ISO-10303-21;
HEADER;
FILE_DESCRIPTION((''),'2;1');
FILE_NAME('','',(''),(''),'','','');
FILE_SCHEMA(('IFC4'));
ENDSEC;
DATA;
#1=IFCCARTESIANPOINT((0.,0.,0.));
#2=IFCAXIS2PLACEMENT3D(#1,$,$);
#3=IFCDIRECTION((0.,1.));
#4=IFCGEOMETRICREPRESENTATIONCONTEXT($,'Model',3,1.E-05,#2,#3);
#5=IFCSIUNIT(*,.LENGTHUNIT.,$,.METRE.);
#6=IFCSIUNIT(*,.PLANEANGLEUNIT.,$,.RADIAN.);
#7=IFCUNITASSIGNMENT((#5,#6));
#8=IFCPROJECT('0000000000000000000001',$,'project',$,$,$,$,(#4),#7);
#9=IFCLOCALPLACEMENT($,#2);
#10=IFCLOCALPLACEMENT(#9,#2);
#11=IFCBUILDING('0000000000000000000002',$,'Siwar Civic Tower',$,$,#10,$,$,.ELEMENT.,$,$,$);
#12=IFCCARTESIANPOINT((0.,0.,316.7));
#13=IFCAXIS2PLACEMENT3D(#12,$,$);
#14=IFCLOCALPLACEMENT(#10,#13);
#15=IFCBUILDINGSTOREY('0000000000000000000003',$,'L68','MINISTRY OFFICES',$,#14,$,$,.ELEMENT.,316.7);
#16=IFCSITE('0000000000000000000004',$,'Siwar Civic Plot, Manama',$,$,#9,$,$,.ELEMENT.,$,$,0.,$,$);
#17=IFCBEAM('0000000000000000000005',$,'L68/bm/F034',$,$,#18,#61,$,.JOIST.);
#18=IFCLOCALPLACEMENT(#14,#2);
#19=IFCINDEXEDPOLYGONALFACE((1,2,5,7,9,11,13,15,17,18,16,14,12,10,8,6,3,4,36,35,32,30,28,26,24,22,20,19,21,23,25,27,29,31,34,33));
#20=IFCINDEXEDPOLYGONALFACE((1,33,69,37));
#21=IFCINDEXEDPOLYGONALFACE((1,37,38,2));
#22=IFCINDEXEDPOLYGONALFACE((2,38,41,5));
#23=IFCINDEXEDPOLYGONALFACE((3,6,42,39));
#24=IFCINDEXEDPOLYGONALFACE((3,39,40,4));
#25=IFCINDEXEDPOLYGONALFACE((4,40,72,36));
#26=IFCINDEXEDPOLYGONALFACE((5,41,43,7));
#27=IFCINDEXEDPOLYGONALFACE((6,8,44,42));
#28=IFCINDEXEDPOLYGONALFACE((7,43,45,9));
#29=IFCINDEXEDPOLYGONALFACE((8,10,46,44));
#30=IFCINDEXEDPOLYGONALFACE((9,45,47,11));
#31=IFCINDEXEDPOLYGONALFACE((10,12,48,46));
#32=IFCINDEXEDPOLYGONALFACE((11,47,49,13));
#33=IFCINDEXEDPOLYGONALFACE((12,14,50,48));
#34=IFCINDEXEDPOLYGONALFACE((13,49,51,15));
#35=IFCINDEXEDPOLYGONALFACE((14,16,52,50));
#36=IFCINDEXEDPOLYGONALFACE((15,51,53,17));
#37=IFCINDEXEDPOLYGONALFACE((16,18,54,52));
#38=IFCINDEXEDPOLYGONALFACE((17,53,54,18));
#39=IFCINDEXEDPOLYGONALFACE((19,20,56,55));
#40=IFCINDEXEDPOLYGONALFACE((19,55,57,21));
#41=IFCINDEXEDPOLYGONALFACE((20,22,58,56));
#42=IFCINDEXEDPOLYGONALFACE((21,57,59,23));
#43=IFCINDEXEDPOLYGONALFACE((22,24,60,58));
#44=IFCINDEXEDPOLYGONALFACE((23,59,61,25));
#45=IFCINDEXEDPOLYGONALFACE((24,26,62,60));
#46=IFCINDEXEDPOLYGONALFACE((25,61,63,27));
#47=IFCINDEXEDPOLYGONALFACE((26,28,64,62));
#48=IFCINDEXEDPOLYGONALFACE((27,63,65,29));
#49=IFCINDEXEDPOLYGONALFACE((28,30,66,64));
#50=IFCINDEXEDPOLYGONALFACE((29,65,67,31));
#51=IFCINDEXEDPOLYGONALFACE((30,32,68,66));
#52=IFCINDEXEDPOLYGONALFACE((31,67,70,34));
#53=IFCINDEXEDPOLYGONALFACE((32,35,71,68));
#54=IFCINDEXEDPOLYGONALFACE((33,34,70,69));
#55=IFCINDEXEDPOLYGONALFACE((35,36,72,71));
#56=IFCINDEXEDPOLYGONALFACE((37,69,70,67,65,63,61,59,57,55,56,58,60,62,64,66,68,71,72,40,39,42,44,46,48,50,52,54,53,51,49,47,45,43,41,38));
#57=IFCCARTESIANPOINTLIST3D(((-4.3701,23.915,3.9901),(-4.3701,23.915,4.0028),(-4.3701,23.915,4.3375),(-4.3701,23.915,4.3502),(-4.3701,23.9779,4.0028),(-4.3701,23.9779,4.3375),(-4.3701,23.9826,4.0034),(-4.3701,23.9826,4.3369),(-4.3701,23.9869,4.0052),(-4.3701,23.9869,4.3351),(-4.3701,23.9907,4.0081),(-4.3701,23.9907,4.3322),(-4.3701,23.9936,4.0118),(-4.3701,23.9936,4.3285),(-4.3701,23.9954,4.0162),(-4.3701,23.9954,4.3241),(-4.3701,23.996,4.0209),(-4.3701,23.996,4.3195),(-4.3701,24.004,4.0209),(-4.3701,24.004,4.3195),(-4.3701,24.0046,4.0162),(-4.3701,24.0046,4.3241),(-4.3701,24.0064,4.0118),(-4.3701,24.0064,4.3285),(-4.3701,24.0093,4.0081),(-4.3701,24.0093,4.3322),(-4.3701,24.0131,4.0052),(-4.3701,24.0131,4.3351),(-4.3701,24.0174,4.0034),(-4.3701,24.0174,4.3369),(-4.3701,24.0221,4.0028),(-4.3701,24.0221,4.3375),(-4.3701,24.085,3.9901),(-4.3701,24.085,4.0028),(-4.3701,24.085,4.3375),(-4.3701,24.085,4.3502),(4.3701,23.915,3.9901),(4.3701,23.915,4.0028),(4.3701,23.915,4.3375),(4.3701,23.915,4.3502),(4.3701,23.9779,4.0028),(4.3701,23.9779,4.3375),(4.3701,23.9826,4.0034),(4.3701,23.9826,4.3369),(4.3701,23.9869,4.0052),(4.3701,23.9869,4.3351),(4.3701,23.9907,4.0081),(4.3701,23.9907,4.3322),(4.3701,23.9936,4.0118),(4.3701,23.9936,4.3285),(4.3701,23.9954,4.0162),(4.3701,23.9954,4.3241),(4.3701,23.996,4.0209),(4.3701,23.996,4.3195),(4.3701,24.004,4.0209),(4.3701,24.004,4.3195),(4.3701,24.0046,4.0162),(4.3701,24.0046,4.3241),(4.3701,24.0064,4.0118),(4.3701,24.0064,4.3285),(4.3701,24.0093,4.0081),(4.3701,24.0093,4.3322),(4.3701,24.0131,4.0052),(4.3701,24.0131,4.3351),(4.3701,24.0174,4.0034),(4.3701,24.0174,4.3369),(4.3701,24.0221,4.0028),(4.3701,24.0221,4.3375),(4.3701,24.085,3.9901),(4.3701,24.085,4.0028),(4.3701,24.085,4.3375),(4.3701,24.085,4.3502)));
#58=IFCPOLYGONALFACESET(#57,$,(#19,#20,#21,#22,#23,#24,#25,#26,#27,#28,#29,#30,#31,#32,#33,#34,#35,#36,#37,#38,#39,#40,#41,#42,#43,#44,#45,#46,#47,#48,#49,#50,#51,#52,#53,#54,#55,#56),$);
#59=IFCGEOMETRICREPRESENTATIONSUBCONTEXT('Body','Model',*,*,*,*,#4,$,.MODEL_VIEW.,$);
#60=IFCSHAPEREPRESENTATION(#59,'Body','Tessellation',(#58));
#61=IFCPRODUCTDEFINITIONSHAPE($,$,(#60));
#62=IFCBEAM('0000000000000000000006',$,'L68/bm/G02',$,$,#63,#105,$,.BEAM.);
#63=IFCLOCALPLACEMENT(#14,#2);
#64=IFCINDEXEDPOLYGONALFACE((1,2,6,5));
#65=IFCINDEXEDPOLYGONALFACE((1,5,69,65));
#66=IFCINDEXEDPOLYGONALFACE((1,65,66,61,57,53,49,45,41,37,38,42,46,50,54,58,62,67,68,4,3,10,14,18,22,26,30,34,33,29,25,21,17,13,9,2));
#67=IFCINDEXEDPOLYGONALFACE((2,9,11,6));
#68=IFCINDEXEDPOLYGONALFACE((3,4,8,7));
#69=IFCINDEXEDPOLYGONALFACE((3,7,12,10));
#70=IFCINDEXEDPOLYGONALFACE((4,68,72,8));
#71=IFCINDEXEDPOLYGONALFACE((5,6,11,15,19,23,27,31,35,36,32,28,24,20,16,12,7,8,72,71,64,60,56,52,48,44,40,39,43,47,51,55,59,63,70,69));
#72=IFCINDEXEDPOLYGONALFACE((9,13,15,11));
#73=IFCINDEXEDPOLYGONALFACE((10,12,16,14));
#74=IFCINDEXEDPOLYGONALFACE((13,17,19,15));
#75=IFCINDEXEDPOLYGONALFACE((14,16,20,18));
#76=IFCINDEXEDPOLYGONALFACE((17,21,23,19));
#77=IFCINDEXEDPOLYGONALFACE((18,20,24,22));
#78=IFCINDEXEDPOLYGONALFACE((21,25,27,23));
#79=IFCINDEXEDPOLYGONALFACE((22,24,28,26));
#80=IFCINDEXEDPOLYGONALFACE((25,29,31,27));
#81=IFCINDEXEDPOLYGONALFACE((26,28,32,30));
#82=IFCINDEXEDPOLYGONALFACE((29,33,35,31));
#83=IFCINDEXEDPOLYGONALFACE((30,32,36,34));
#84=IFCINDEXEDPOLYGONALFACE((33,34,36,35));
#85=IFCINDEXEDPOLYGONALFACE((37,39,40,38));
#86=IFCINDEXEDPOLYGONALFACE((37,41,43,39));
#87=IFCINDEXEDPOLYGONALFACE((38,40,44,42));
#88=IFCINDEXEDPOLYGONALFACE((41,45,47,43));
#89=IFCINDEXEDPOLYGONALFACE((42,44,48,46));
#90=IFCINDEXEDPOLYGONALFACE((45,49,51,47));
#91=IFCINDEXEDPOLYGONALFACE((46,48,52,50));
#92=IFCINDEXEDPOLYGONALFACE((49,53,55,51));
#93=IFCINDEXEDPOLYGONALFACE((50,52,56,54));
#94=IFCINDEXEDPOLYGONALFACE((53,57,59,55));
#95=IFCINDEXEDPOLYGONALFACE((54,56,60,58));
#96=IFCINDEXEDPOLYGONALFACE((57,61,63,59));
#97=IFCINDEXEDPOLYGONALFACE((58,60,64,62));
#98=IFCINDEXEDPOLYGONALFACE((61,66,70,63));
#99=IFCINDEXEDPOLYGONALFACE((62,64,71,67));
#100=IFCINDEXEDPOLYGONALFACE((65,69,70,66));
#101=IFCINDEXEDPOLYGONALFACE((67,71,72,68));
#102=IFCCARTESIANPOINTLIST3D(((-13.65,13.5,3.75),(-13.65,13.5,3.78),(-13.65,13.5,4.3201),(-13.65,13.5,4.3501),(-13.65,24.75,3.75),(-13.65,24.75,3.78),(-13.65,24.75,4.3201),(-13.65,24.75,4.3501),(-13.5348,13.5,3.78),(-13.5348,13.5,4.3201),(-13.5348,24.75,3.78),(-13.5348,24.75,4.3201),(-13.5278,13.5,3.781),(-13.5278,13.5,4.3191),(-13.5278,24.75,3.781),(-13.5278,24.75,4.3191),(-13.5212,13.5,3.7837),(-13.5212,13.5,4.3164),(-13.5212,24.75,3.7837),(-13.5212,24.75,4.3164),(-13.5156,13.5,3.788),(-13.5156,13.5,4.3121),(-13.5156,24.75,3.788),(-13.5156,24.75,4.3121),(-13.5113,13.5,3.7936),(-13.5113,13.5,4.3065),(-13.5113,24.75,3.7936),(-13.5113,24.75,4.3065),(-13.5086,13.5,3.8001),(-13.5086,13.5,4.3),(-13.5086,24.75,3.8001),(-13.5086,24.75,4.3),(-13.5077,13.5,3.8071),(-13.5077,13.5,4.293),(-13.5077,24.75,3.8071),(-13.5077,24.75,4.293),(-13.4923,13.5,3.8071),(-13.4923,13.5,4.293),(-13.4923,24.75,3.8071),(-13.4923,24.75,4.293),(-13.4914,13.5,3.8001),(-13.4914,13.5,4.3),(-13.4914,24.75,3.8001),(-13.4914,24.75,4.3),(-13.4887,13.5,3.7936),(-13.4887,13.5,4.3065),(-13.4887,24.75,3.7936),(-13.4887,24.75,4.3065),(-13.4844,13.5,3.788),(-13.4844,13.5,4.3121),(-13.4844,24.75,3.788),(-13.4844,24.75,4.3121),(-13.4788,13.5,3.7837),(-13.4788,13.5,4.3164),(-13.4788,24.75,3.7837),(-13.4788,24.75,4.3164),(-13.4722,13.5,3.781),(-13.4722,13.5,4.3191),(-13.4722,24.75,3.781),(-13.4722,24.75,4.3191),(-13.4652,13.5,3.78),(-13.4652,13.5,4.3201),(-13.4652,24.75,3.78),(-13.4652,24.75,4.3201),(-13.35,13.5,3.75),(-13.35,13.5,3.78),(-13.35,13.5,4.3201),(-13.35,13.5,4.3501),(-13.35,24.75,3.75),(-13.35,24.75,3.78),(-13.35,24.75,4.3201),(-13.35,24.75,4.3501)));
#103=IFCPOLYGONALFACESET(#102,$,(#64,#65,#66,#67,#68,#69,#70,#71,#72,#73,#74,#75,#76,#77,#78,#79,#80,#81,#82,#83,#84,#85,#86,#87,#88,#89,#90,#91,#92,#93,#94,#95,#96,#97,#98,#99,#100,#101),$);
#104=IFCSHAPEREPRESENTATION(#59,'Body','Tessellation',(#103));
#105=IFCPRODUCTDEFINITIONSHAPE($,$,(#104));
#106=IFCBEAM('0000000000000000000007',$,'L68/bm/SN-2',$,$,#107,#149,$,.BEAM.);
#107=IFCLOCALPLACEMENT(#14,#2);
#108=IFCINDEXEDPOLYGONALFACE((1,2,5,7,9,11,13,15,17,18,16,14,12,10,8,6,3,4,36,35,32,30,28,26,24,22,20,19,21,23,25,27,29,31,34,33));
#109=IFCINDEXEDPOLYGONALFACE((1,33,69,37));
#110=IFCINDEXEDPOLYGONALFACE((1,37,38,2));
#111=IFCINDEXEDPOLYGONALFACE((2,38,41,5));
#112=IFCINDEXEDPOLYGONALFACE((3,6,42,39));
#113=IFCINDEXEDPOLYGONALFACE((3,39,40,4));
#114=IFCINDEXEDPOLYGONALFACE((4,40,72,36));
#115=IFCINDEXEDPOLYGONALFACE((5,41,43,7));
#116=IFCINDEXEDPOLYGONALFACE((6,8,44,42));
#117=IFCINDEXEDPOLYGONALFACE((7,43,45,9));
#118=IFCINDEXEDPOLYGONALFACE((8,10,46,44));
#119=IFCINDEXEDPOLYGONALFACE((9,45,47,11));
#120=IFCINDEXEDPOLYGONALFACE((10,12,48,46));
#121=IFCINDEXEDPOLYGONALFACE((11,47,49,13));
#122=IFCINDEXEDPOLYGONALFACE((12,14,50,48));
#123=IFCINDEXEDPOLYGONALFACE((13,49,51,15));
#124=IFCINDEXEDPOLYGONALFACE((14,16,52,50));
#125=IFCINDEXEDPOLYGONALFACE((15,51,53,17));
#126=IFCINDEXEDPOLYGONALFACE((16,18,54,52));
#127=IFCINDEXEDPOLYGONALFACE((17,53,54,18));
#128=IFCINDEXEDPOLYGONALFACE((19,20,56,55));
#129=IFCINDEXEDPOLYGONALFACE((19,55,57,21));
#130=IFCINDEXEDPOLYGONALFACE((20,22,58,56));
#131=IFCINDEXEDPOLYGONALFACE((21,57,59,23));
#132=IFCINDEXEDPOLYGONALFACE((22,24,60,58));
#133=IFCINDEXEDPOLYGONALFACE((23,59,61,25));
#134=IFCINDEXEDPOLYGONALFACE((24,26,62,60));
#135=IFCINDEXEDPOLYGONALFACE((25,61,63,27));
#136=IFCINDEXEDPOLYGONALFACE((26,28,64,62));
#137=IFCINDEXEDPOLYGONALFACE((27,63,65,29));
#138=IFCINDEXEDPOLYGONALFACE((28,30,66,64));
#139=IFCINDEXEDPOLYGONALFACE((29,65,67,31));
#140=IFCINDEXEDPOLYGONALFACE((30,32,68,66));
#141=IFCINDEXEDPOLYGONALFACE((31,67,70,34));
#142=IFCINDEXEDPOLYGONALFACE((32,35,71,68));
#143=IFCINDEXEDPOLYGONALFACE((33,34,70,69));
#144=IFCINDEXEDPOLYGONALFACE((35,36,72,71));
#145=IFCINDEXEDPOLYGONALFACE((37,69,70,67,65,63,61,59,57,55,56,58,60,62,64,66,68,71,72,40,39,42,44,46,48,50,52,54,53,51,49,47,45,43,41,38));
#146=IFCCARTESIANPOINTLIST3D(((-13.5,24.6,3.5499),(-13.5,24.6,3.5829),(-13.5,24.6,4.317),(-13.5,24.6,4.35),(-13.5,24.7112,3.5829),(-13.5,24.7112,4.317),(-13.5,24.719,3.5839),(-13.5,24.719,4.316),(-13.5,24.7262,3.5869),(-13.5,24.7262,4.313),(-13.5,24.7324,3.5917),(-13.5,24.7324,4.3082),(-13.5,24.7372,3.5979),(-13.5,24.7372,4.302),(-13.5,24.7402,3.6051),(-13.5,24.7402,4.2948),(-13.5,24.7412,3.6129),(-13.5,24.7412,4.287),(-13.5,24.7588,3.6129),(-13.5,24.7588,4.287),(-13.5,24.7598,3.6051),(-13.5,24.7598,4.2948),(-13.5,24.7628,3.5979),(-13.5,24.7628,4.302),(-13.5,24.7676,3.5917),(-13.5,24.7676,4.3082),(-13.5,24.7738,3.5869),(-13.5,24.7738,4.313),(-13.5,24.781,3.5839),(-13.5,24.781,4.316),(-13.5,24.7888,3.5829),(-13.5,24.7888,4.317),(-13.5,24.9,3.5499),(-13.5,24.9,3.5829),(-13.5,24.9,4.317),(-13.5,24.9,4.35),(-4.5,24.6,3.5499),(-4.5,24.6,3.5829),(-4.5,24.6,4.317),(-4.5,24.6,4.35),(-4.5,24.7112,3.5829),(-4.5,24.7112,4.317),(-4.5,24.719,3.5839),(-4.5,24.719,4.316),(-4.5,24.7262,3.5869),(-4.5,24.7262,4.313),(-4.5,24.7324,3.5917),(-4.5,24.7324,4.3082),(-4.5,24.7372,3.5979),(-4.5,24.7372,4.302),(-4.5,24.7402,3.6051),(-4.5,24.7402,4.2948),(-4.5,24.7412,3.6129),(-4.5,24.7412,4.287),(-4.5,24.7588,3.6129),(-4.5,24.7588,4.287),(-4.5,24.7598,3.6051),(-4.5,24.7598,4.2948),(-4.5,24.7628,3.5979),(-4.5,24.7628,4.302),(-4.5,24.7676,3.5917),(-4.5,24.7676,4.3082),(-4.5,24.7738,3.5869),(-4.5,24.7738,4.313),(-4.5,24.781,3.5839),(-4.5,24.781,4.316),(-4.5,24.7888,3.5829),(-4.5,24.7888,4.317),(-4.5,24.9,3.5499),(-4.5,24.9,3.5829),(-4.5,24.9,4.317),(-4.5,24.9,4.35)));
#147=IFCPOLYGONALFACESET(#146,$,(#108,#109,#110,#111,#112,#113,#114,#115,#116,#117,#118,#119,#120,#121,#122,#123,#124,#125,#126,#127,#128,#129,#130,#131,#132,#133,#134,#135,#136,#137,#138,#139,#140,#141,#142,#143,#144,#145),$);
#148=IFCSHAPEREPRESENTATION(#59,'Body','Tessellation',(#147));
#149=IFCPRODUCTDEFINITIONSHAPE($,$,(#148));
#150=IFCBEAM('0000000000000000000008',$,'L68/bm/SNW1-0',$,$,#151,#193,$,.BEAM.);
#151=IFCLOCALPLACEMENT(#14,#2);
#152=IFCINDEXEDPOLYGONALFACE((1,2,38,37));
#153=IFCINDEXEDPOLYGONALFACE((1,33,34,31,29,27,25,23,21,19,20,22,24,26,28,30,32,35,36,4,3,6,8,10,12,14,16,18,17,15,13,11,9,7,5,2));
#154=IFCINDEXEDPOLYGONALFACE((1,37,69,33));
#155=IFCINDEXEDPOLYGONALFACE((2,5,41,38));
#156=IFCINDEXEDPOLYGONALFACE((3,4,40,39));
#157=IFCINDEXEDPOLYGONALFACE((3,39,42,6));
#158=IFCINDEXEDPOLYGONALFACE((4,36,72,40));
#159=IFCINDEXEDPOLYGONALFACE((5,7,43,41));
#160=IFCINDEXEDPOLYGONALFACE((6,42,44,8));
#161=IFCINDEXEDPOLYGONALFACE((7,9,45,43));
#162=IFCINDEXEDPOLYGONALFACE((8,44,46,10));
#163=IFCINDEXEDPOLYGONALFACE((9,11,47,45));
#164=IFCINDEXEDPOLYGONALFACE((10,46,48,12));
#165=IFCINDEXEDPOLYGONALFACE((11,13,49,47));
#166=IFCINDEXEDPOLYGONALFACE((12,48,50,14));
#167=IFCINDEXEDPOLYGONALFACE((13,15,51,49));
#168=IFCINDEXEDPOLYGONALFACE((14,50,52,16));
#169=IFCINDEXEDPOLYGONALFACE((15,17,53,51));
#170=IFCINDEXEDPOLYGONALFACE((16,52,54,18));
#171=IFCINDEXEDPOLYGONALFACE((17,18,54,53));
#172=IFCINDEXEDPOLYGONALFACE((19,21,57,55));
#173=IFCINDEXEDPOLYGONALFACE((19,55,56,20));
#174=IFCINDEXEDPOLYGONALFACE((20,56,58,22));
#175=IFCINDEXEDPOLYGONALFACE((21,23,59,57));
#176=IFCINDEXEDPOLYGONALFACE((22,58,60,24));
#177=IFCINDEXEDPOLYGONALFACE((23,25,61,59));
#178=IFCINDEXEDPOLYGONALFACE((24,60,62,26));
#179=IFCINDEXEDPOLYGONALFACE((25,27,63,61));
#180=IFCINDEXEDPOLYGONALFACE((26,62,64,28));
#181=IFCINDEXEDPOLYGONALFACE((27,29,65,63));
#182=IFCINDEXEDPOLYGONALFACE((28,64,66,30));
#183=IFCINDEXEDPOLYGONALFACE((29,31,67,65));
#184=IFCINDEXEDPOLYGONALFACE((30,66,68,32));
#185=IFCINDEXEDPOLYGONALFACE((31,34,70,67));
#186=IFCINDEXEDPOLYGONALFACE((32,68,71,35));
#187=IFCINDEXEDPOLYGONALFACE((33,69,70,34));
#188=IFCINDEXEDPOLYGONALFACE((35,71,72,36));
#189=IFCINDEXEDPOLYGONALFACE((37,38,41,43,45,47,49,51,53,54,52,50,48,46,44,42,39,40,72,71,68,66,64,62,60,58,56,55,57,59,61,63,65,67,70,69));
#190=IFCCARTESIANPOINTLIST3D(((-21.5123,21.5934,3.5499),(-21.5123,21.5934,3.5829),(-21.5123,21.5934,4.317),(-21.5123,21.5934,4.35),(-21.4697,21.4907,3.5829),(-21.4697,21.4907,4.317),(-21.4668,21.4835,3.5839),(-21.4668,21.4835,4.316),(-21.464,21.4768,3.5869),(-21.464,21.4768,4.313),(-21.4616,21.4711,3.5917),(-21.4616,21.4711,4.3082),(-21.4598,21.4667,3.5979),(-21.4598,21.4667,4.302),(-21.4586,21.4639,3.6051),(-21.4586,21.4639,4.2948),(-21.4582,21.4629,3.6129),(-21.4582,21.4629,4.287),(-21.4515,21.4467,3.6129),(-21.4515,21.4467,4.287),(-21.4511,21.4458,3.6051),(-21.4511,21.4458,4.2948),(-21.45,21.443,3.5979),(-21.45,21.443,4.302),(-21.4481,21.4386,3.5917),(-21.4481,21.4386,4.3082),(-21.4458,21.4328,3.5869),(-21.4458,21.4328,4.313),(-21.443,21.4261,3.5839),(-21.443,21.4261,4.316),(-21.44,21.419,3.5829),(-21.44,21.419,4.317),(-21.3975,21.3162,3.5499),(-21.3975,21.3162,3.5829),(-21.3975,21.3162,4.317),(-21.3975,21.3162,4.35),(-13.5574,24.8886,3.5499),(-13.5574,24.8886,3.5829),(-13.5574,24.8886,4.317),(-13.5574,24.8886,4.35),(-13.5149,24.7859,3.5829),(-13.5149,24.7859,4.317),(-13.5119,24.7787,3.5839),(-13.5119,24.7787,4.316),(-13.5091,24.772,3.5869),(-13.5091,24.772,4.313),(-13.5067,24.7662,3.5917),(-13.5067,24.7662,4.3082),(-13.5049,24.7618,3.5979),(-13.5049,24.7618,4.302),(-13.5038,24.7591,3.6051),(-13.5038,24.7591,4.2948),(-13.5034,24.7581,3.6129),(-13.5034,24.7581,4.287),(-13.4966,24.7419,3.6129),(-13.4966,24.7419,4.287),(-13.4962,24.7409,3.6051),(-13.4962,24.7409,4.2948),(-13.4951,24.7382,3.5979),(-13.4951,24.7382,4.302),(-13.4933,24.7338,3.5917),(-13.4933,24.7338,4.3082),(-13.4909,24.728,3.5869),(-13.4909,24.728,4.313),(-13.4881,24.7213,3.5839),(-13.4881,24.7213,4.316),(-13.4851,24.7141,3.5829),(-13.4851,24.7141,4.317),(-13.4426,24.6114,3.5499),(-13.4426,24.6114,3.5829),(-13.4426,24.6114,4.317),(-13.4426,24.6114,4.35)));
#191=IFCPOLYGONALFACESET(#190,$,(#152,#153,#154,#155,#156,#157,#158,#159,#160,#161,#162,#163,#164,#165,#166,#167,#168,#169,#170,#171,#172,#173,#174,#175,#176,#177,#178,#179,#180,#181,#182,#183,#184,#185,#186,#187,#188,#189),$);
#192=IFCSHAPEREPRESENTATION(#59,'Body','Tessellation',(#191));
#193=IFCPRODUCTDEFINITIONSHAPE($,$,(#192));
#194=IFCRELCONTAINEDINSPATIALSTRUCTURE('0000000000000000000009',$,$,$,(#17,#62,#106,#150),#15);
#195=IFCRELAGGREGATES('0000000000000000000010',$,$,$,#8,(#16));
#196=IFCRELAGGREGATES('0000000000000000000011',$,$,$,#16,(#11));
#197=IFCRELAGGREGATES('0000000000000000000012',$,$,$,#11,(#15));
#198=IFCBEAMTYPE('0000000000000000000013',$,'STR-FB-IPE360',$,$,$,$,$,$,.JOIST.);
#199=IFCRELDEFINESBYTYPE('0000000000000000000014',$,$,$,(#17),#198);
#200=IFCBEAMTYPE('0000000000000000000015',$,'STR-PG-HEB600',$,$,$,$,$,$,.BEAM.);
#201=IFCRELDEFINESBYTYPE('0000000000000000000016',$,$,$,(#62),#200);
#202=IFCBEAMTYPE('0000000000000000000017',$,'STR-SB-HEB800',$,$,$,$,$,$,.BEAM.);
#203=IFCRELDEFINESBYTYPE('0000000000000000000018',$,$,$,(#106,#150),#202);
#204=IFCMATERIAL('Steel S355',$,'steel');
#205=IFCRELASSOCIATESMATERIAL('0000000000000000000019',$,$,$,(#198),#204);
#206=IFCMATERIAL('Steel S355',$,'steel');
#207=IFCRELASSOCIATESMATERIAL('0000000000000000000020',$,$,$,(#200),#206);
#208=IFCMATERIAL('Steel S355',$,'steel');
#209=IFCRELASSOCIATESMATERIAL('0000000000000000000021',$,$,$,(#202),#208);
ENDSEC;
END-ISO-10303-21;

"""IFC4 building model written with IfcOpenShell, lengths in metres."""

from ifc_helpers import new_model, si_unit, direction, frame, origin, origin_2d, place, context, subcontext, project, spatial, i_section, extrude, material, material_profile, profile_set, type_object, element, save


model = new_model("IFC4")

# Units and contexts
model_context = context("Model", 3, precision=1e-05, world=origin(), true_north=direction((0.0, 1.0)))
body_context = subcontext(model_context, "Body", "Model", "MODEL_VIEW")
ifc_project = project(units=[si_unit("LENGTHUNIT", "METRE"), si_unit("PLANEANGLEUNIT", "RADIAN")], contexts=[model_context])

# Site, building, storey
site_placement = place(None, origin())
site = spatial("IfcSite", under=ifc_project, at=site_placement, Name="Siwar Civic Plot, Manama", CompositionType="ELEMENT", RefElevation=0.0)
building_placement = place(site_placement, origin())
building = spatial("IfcBuilding", under=site, at=building_placement, Name="Siwar Civic Tower", CompositionType="ELEMENT")
storey_placement = place(building_placement, frame((0.0, 0.0, 316.7)))
storey = spatial("IfcBuildingStorey", under=building, at=storey_placement, Name="L68", Description="MINISTRY OFFICES", CompositionType="ELEMENT", Elevation=316.7)

# Beams
ifc_material_1 = material(Name="Steel S355", Category="steel")
ifc_material_profile_1 = material_profile(ifc_material_1, i_section(OverallWidth=0.1699, OverallDepth=0.3601, WebThickness=0.0081, FlangeThickness=0.0127, FilletRadius=0.0181, at=origin_2d()), Name="IPE360")
ifc_profile_set_1 = profile_set([ifc_material_profile_1], Name="Steel S355")
beam_type_1 = type_object("IfcBeamType", Name="STR-FB-IPE360", PredefinedType="JOIST", material=ifc_profile_set_1)
for number, where, z_axis, x_axis, name in (
    (1, (-4.3701, 24.0, 4.1702), (1.0, 0.0, 0.0), (0.0, 1.0, 0.0), "L68/bm/F034"),
):
    element("IfcBeam", number, at=place(storey_placement, frame(where, z_axis=z_axis, x_axis=x_axis)), inside=storey, type_object=beam_type_1, Name=name, PredefinedType="JOIST", context=body_context, shape_type="SweptSolid", body=[
        extrude(i_section(OverallWidth=0.1699, OverallDepth=0.3601, WebThickness=0.0081, FlangeThickness=0.0127, FilletRadius=0.0181, at=origin_2d()), origin(), (0.0, 0.0, 1.0), 8.7402),
    ])
ifc_material_2 = material(Name="Steel S355", Category="steel")
ifc_material_profile_2 = material_profile(ifc_material_2, i_section(OverallWidth=0.3, OverallDepth=0.6001, WebThickness=0.0154, FlangeThickness=0.03, FilletRadius=0.0271, at=origin_2d()), Name="HEB600")
ifc_profile_set_2 = profile_set([ifc_material_profile_2], Name="Steel S355")
beam_type_2 = type_object("IfcBeamType", Name="STR-PG-HEB600", PredefinedType="BEAM", material=ifc_profile_set_2)
beam_1_placement = place(storey_placement, frame((-13.5, 13.5, 4.05), z_axis=(0.0, 1.0, 0.0), x_axis=(-1.0, 0.0, 0.0)))
element("IfcBeam", 2, at=beam_1_placement, inside=storey, type_object=beam_type_2, Name="L68/bm/G02", PredefinedType="BEAM", context=body_context, shape_type="SweptSolid", body=[
    extrude(i_section(OverallWidth=0.3, OverallDepth=0.6001, WebThickness=0.0154, FlangeThickness=0.03, FilletRadius=0.0271, at=origin_2d()), origin(), (0.0, 0.0, 1.0), 11.25),
])
ifc_material_3 = material(Name="Steel S355", Category="steel")
ifc_material_profile_3 = material_profile(ifc_material_3, i_section(OverallWidth=0.3, OverallDepth=0.8, WebThickness=0.0176, FlangeThickness=0.033, FilletRadius=0.03, at=origin_2d()), Name="HEB800")
ifc_profile_set_3 = profile_set([ifc_material_profile_3], Name="Steel S355")
beam_type_3 = type_object("IfcBeamType", Name="STR-SB-HEB800", PredefinedType="BEAM", material=ifc_profile_set_3)
beam_2_placement = place(storey_placement, frame((-4.5, 24.75, 3.95), z_axis=(-1.0, 0.0, 0.0), x_axis=(0.0, -1.0, 0.0)))
element("IfcBeam", 3, at=beam_2_placement, inside=storey, type_object=beam_type_3, Name="L68/bm/SN-2", PredefinedType="BEAM", context=body_context, shape_type="SweptSolid", body=[
    extrude(i_section(OverallWidth=0.3, OverallDepth=0.8, WebThickness=0.0176, FlangeThickness=0.033, FilletRadius=0.03, at=origin_2d()), origin(), (0.0, 0.0, 1.0), 9.0),
])
beam_3_placement = place(storey_placement, frame((-13.5, 24.75, 3.95), z_axis=(-0.923873, -0.3827, 0.0), x_axis=(0.3827, -0.923873, 0.0)))
element("IfcBeam", 4, at=beam_3_placement, inside=storey, type_object=beam_type_3, Name="L68/bm/SNW1-0", PredefinedType="BEAM", context=body_context, shape_type="SweptSolid", body=[
    extrude(i_section(OverallWidth=0.3, OverallDepth=0.8, WebThickness=0.0176, FlangeThickness=0.033, FilletRadius=0.03, at=origin_2d()), origin(), (0.0, 0.0, 1.0), 8.6104),
])

save(model, "model.ifc")
